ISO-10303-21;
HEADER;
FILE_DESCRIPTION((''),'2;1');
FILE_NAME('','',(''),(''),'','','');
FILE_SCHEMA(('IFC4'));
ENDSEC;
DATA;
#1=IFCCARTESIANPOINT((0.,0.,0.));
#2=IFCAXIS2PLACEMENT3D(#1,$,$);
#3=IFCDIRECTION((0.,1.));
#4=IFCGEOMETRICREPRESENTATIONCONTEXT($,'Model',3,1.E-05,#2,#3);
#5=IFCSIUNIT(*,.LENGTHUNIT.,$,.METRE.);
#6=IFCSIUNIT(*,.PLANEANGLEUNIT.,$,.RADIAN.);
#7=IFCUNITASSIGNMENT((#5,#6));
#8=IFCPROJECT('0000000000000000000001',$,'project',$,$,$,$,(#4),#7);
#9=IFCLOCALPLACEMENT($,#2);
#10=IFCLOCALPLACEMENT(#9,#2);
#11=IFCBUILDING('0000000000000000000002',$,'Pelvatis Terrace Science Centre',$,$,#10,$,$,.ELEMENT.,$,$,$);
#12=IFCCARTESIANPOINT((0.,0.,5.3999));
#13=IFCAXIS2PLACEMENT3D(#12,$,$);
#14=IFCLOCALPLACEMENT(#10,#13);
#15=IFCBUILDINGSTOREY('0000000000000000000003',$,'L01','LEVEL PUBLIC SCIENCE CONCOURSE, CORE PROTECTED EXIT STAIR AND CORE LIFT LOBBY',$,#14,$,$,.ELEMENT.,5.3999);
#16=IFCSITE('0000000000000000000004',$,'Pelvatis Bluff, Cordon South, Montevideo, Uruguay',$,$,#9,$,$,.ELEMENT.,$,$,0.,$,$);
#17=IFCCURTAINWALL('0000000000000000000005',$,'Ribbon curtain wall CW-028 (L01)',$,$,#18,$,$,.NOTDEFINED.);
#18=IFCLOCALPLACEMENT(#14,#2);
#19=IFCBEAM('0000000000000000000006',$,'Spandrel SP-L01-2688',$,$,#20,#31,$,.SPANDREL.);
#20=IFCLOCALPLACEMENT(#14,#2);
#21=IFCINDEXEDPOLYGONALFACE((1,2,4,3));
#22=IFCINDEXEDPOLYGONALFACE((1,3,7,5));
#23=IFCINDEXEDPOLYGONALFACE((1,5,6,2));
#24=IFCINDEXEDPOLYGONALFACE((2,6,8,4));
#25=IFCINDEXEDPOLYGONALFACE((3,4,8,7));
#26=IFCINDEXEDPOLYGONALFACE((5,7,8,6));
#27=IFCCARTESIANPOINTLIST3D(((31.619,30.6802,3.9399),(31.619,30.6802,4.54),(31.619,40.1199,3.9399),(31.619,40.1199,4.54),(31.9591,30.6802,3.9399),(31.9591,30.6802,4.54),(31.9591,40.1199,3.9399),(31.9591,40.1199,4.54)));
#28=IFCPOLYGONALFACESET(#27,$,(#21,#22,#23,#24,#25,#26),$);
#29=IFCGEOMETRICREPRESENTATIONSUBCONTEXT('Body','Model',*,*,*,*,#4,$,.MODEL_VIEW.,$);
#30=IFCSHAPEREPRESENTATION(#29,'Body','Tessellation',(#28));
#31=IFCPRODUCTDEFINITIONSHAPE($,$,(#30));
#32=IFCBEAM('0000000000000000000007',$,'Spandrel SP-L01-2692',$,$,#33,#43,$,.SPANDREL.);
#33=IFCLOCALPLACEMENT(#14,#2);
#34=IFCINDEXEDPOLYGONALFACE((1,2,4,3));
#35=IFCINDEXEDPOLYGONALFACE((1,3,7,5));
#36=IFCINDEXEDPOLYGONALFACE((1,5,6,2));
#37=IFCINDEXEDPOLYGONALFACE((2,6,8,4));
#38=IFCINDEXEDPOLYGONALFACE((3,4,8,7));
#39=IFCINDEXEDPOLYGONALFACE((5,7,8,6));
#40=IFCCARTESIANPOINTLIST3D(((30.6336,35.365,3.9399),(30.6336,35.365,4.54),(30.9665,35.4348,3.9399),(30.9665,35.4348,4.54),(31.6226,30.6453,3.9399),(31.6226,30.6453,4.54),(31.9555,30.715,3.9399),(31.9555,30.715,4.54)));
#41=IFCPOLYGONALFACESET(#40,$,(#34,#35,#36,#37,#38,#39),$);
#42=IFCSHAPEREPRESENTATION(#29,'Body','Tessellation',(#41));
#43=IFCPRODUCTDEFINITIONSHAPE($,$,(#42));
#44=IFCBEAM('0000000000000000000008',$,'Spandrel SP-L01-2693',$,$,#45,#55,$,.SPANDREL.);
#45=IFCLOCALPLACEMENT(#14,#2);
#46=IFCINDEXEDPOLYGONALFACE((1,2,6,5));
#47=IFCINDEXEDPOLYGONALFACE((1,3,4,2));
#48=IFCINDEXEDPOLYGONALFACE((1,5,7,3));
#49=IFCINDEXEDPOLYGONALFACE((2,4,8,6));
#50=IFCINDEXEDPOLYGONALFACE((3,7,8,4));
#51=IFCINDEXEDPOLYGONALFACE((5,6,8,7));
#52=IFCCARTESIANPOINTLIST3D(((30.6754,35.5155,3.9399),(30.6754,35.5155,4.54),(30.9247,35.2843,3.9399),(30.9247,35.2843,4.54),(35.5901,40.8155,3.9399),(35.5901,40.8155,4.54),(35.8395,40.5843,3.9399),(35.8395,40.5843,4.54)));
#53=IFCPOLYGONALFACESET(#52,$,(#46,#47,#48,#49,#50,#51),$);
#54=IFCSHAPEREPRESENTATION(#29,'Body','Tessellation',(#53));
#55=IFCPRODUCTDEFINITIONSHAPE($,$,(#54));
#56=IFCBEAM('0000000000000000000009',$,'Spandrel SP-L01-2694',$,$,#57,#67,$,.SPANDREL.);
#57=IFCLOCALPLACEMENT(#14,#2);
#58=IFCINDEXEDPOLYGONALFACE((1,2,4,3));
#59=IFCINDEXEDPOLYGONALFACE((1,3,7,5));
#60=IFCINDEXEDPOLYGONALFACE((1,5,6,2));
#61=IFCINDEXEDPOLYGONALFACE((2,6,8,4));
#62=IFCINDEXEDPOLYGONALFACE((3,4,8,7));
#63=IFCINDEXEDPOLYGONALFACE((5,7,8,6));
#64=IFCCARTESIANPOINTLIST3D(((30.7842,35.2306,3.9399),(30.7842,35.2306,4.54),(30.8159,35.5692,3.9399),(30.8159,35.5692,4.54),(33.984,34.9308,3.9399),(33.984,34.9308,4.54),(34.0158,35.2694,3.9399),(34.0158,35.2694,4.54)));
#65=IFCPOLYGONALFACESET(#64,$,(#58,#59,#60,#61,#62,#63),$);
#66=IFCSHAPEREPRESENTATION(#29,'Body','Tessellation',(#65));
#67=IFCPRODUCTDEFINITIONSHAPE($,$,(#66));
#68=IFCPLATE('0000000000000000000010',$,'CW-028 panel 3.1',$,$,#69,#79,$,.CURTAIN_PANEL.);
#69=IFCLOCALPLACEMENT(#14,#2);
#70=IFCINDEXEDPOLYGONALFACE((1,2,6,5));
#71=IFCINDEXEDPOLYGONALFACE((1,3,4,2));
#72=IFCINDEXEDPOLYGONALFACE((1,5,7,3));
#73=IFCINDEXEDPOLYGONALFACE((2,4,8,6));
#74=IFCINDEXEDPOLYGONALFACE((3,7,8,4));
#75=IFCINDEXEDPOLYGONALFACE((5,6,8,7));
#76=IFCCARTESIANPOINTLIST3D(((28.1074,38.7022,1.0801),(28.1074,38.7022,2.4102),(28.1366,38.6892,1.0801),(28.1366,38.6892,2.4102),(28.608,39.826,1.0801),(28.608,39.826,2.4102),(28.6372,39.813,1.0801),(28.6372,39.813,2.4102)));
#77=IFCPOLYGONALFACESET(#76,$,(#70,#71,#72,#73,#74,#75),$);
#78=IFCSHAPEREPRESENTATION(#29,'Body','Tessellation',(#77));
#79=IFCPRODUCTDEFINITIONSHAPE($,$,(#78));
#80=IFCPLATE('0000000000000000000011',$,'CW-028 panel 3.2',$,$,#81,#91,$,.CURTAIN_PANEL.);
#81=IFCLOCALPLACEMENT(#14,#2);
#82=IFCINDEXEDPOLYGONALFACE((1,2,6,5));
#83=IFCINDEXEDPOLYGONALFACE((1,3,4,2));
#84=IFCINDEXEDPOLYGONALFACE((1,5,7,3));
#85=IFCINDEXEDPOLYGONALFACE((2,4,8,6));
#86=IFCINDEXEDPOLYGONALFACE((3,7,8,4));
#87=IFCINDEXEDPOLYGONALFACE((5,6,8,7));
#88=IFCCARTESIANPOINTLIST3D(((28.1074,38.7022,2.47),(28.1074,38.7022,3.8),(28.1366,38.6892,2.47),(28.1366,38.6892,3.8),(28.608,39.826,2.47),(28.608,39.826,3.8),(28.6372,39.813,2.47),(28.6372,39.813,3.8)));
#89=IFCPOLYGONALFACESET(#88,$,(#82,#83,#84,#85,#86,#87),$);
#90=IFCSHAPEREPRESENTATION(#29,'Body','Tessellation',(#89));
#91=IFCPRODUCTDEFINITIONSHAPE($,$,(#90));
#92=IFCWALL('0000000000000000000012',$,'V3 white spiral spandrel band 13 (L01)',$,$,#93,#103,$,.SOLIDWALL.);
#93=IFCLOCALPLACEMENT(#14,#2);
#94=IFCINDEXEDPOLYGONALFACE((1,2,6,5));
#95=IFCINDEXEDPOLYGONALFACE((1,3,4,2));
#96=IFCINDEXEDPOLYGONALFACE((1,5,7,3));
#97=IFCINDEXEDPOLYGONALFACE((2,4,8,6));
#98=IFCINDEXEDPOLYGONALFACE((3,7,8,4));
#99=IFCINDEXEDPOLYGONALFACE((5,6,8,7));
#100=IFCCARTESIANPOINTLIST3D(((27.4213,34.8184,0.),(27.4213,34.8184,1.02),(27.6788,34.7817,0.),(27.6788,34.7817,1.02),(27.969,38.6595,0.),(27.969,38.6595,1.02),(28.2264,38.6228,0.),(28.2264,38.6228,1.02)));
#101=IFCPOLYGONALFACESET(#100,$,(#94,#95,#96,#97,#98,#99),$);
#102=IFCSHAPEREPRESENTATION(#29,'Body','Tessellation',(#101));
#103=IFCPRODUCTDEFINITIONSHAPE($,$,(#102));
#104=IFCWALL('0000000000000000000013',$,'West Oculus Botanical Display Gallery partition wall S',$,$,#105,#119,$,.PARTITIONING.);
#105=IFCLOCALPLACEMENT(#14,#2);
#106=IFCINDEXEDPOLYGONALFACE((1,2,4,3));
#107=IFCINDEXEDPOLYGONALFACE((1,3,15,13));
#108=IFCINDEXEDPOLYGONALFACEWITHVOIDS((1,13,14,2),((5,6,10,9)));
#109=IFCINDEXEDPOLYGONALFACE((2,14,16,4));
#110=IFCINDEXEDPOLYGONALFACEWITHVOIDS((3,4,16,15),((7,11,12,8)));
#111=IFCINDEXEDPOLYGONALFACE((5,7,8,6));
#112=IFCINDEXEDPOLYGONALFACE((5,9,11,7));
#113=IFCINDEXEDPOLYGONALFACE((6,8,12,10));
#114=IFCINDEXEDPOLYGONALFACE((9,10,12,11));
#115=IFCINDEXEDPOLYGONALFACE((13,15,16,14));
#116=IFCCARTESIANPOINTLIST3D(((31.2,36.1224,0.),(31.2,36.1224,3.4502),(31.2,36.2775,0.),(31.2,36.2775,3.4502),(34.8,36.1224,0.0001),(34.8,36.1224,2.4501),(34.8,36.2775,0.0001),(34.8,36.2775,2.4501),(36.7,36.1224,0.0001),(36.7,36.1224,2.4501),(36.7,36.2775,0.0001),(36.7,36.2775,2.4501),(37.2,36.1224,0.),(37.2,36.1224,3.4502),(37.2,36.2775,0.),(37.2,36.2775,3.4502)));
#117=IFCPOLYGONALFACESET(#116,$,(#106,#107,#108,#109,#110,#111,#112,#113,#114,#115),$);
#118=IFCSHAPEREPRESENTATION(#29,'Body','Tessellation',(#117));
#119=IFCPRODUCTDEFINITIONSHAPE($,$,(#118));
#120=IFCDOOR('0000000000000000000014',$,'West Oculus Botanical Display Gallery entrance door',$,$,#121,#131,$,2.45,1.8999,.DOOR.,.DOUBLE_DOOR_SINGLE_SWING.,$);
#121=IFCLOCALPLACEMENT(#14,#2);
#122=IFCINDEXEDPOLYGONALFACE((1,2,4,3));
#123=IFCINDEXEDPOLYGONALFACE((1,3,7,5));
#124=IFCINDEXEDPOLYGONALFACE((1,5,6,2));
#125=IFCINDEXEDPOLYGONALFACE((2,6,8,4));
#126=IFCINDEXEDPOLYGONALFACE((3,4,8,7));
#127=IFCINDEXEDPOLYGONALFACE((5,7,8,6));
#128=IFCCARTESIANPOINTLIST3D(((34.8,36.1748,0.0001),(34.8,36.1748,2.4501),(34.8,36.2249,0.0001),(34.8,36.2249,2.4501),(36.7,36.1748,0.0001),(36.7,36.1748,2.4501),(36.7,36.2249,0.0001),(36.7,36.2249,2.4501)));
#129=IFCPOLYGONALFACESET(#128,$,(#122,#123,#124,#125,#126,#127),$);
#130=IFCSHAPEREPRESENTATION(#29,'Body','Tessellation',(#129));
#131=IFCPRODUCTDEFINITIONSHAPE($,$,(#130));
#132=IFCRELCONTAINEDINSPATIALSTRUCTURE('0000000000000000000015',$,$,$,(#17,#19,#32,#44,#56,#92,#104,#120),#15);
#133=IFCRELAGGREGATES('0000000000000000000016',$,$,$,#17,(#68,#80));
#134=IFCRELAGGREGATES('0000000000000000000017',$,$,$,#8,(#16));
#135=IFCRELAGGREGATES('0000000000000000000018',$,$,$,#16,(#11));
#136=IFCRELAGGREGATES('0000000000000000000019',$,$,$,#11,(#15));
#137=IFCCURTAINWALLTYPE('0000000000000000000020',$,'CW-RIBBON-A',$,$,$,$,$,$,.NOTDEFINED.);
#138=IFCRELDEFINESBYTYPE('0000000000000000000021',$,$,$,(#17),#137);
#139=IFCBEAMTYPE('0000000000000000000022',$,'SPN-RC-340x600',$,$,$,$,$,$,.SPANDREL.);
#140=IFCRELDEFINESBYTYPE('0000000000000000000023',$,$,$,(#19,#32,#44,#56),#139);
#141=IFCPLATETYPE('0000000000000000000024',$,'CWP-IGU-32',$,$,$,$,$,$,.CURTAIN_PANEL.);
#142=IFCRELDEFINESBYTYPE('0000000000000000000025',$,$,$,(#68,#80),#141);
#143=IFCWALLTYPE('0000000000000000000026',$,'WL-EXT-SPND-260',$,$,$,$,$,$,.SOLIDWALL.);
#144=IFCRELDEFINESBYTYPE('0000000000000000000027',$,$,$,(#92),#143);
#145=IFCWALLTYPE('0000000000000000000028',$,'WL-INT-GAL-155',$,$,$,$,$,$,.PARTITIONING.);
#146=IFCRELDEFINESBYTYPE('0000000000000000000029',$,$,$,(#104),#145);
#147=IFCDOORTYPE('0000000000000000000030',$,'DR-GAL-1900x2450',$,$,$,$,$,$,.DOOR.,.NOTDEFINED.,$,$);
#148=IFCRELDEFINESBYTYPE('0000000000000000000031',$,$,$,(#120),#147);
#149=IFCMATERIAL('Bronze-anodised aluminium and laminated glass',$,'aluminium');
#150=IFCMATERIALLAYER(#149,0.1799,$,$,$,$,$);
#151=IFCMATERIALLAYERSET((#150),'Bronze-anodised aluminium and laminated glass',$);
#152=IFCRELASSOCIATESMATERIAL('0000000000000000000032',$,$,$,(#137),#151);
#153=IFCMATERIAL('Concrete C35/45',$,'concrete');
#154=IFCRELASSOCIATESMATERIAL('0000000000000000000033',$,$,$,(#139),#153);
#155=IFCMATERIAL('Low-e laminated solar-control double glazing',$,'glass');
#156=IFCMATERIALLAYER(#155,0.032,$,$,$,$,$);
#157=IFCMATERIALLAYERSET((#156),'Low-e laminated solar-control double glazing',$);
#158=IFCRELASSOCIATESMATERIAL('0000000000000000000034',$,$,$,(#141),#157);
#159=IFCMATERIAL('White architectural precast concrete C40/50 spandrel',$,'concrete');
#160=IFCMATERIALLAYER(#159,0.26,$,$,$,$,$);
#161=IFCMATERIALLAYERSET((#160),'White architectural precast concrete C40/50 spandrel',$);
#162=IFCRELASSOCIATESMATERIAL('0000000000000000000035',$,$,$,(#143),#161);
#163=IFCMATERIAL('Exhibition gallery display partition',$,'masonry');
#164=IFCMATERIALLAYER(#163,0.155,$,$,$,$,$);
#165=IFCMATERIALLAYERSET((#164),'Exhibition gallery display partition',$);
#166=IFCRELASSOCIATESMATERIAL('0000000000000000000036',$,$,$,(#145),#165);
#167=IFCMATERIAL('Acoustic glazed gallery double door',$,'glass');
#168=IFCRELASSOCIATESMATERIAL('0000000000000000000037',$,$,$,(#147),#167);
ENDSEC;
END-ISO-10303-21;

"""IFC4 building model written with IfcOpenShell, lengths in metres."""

from ifc_helpers import new_model, si_unit, direction, frame, frame_2d, origin, origin_2d, place, context, subcontext, project, spatial, rectangle, extrude, material, layer, layer_set, material_profile, profile_set, type_object, element, fill, aggregate, save


model = new_model("IFC4")

# Units and contexts
model_context = context("Model", 3, precision=1e-05, world=origin(), true_north=direction((0.0, 1.0)))
body_context = subcontext(model_context, "Body", "Model", "MODEL_VIEW")
ifc_project = project(units=[si_unit("LENGTHUNIT", "METRE"), si_unit("PLANEANGLEUNIT", "RADIAN")], contexts=[model_context])

# Site, building, storey
site_placement = place(None, origin())
site = spatial("IfcSite", under=ifc_project, at=site_placement, Name="Pelvatis Bluff, Cordon South, Montevideo, Uruguay", CompositionType="ELEMENT", RefElevation=0.0)
building_placement = place(site_placement, origin())
building = spatial("IfcBuilding", under=site, at=building_placement, Name="Pelvatis Terrace Science Centre", CompositionType="ELEMENT")
storey_placement = place(building_placement, frame((0.0, 0.0, 5.3999)))
storey = spatial("IfcBuildingStorey", under=building, at=storey_placement, Name="L01", Description="LEVEL PUBLIC SCIENCE CONCOURSE, CORE PROTECTED EXIT STAIR AND CORE LIFT LOBBY", CompositionType="ELEMENT", Elevation=5.3999)

# Curtain wall
ifc_material_1 = material(Name="Bronze-anodised aluminium and laminated glass", Category="aluminium")
ifc_layer_1 = layer(ifc_material_1, 0.1799)
ifc_layer_set_1 = layer_set([ifc_layer_1], Name="Bronze-anodised aluminium and laminated glass")
curtain_wall_type = type_object("IfcCurtainWallType", Name="CW-RIBBON-A", PredefinedType="NOTDEFINED", material=ifc_layer_set_1)
curtain_wall_1_placement = place(storey_placement, origin())
curtain_wall_1 = element("IfcCurtainWall", 1, at=curtain_wall_1_placement, inside=storey, type_object=curtain_wall_type, Name="Ribbon curtain wall CW-028 (L01)", PredefinedType="NOTDEFINED")

# Beams
ifc_material_2 = material(Name="Concrete C35/45", Category="concrete")
ifc_material_profile_1 = material_profile(ifc_material_2, rectangle(XDim=0.3401, YDim=0.6001, at=origin_2d()), Name="RC-SPN 340x600")
ifc_profile_set_1 = profile_set([ifc_material_profile_1], Name="Concrete C35/45")
beam_type = type_object("IfcBeamType", Name="SPN-RC-340x600", PredefinedType="SPANDREL", material=ifc_profile_set_1)
beam_1_placement = place(storey_placement, frame((31.7891, 40.1199, 4.24), z_axis=(0.0, -1.0, 0.0), x_axis=(1.0, 0.0, 0.0)))
element("IfcBeam", 2, at=beam_1_placement, inside=storey, type_object=beam_type, Name="Spandrel SP-L01-2688", PredefinedType="SPANDREL", context=body_context, shape_type="SweptSolid", body=[
    extrude(rectangle(XDim=0.3401, YDim=0.6001, at=origin_2d()), origin(), (0.0, 0.0, 1.0), 9.4397),
])
beam_2_placement = place(storey_placement, frame((30.8, 35.3999, 4.24), z_axis=(0.205094, -0.978742, 0.0), x_axis=(0.978742, 0.205094, 0.0)))
element("IfcBeam", 3, at=beam_2_placement, inside=storey, type_object=beam_type, Name="Spandrel SP-L01-2692", PredefinedType="SPANDREL", context=body_context, shape_type="SweptSolid", body=[
    extrude(rectangle(XDim=0.3401, YDim=0.6001, at=origin_2d()), origin(), (0.0, 0.0, 1.0), 4.8223),
])
beam_3_placement = place(storey_placement, frame((30.8, 35.3999, 4.24), z_axis=(0.679955, 0.733254, 0.0), x_axis=(-0.733254, 0.679955, 0.0)))
element("IfcBeam", 4, at=beam_3_placement, inside=storey, type_object=beam_type, Name="Spandrel SP-L01-2693", PredefinedType="SPANDREL", context=body_context, shape_type="SweptSolid", body=[
    extrude(rectangle(XDim=0.3401, YDim=0.6001, at=origin_2d()), origin(), (0.0, 0.0, 1.0), 7.228),
])
beam_4_placement = place(storey_placement, frame((30.8, 35.3999, 4.24), z_axis=(0.99564, -0.093282, 0.0), x_axis=(0.093282, 0.99564, 0.0)))
element("IfcBeam", 5, at=beam_4_placement, inside=storey, type_object=beam_type, Name="Spandrel SP-L01-2694", PredefinedType="SPANDREL", context=body_context, shape_type="SweptSolid", body=[
    extrude(rectangle(XDim=0.3401, YDim=0.6001, at=origin_2d()), origin(), (0.0, 0.0, 1.0), 3.2139),
])

# Plates
ifc_material_3 = material(Name="Low-e laminated solar-control double glazing", Category="glass")
ifc_layer_2 = layer(ifc_material_3, 0.032)
ifc_layer_set_2 = layer_set([ifc_layer_2], Name="Low-e laminated solar-control double glazing")
plate_type = type_object("IfcPlateType", Name="CWP-IGU-32", PredefinedType="CURTAIN_PANEL", material=ifc_layer_set_2)
plate_1_placement = place(storey_placement, frame((28.3723, 39.2576, 1.0801), z_axis=(0.0, 0.0, 1.0), x_axis=(-0.406895, -0.913475, 0.0)))
plate_1 = element("IfcPlate", 6, at=plate_1_placement, type_object=plate_type, Name="CW-028 panel 3.1", PredefinedType="CURTAIN_PANEL", context=body_context, shape_type="SweptSolid", body=[
    extrude(rectangle(XDim=1.2302, YDim=0.032, at=origin_2d()), origin(), (0.0, 0.0, 1.0), 1.3301),
])
plate_2_placement = place(storey_placement, frame((28.3723, 39.2576, 2.47), z_axis=(0.0, 0.0, 1.0), x_axis=(-0.406895, -0.913475, 0.0)))
plate_2 = element("IfcPlate", 7, at=plate_2_placement, type_object=plate_type, Name="CW-028 panel 3.2", PredefinedType="CURTAIN_PANEL", context=body_context, shape_type="SweptSolid", body=[
    extrude(rectangle(XDim=1.2302, YDim=0.032, at=origin_2d()), origin(), (0.0, 0.0, 1.0), 1.3301),
])
aggregate(curtain_wall_1, [plate_1, plate_2])

# Wall
ifc_material_4 = material(Name="White architectural precast concrete C40/50 spandrel", Category="concrete")
ifc_layer_3 = layer(ifc_material_4, 0.26)
ifc_layer_set_3 = layer_set([ifc_layer_3], Name="White architectural precast concrete C40/50 spandrel")
wall_type_1 = type_object("IfcWallType", Name="WL-EXT-SPND-260", PredefinedType="SOLIDWALL", material=ifc_layer_set_3)
wall_1_placement = place(storey_placement, frame((28.0977, 38.6411, 0.0), z_axis=(0.0, 0.0, 1.0), x_axis=(-0.141139, -0.98999, 0.0)))
element("IfcWall", 8, at=wall_1_placement, inside=storey, type_object=wall_type_1, Name="V3 white spiral spandrel band 13 (L01)", PredefinedType="SOLIDWALL", context=body_context, shape_type="SweptSolid", body=[
    extrude(rectangle(XDim=3.8799, YDim=0.26, at=frame_2d((1.9399, 0.0))), origin(), (0.0, 0.0, 1.0), 1.02),
])

# Wall, opening, door
ifc_material_5 = material(Name="Exhibition gallery display partition", Category="masonry")
ifc_layer_4 = layer(ifc_material_5, 0.155)
ifc_layer_set_4 = layer_set([ifc_layer_4], Name="Exhibition gallery display partition")
wall_type_2 = type_object("IfcWallType", Name="WL-INT-GAL-155", PredefinedType="PARTITIONING", material=ifc_layer_set_4)
wall_2_placement = place(storey_placement, frame((31.2, 36.2, 0.0), z_axis=(0.0, 0.0, 1.0), x_axis=(1.0, 0.0, 0.0)))
wall_2 = element("IfcWall", 9, at=wall_2_placement, inside=storey, type_object=wall_type_2, Name="West Oculus Botanical Display Gallery partition wall S", PredefinedType="PARTITIONING", context=body_context, shape_type="SweptSolid", body=[
    extrude(rectangle(XDim=6.0, YDim=0.155, at=frame_2d((3.0, 0.0))), origin(), (0.0, 0.0, 1.0), 3.4502),
])
opening_placement = place(wall_2_placement, frame((3.6001, 0.0, 0.0)))
opening = element("IfcOpeningElement", 10, at=opening_placement, cuts=wall_2, PredefinedType="OPENING", context=body_context, shape_type="SweptSolid", body=[
    extrude(rectangle(XDim=1.8999, YDim=2.45, at=frame_2d((0.95, 1.2251))), frame((0.0, 0.0874, 0.0), z_axis=(0.0, -1.0, 0.0), x_axis=(1.0, 0.0, 0.0)), (0.0, 0.0, 1.0), 0.175),
])
ifc_material_6 = material(Name="Acoustic glazed gallery double door", Category="glass")
door_type = type_object("IfcDoorType", Name="DR-GAL-1900x2450", OperationType="NOTDEFINED", PredefinedType="DOOR", material=ifc_material_6)
door_placement = place(opening_placement, origin())
door = element("IfcDoor", 11, at=door_placement, inside=storey, type_object=door_type, Name="West Oculus Botanical Display Gallery entrance door", OperationType="DOUBLE_DOOR_SINGLE_SWING", OverallHeight=2.45, OverallWidth=1.8999, PredefinedType="DOOR", context=body_context, shape_type="SweptSolid", body=[
    extrude(rectangle(XDim=1.8999, YDim=2.45, at=frame_2d((0.95, 1.2251))), frame((0.0, 0.0249, 0.0), z_axis=(0.0, -1.0, 0.0), x_axis=(1.0, 0.0, 0.0)), (0.0, 0.0, 1.0), 0.05),
])
fill(opening, door)

save(model, "model.ifc")
